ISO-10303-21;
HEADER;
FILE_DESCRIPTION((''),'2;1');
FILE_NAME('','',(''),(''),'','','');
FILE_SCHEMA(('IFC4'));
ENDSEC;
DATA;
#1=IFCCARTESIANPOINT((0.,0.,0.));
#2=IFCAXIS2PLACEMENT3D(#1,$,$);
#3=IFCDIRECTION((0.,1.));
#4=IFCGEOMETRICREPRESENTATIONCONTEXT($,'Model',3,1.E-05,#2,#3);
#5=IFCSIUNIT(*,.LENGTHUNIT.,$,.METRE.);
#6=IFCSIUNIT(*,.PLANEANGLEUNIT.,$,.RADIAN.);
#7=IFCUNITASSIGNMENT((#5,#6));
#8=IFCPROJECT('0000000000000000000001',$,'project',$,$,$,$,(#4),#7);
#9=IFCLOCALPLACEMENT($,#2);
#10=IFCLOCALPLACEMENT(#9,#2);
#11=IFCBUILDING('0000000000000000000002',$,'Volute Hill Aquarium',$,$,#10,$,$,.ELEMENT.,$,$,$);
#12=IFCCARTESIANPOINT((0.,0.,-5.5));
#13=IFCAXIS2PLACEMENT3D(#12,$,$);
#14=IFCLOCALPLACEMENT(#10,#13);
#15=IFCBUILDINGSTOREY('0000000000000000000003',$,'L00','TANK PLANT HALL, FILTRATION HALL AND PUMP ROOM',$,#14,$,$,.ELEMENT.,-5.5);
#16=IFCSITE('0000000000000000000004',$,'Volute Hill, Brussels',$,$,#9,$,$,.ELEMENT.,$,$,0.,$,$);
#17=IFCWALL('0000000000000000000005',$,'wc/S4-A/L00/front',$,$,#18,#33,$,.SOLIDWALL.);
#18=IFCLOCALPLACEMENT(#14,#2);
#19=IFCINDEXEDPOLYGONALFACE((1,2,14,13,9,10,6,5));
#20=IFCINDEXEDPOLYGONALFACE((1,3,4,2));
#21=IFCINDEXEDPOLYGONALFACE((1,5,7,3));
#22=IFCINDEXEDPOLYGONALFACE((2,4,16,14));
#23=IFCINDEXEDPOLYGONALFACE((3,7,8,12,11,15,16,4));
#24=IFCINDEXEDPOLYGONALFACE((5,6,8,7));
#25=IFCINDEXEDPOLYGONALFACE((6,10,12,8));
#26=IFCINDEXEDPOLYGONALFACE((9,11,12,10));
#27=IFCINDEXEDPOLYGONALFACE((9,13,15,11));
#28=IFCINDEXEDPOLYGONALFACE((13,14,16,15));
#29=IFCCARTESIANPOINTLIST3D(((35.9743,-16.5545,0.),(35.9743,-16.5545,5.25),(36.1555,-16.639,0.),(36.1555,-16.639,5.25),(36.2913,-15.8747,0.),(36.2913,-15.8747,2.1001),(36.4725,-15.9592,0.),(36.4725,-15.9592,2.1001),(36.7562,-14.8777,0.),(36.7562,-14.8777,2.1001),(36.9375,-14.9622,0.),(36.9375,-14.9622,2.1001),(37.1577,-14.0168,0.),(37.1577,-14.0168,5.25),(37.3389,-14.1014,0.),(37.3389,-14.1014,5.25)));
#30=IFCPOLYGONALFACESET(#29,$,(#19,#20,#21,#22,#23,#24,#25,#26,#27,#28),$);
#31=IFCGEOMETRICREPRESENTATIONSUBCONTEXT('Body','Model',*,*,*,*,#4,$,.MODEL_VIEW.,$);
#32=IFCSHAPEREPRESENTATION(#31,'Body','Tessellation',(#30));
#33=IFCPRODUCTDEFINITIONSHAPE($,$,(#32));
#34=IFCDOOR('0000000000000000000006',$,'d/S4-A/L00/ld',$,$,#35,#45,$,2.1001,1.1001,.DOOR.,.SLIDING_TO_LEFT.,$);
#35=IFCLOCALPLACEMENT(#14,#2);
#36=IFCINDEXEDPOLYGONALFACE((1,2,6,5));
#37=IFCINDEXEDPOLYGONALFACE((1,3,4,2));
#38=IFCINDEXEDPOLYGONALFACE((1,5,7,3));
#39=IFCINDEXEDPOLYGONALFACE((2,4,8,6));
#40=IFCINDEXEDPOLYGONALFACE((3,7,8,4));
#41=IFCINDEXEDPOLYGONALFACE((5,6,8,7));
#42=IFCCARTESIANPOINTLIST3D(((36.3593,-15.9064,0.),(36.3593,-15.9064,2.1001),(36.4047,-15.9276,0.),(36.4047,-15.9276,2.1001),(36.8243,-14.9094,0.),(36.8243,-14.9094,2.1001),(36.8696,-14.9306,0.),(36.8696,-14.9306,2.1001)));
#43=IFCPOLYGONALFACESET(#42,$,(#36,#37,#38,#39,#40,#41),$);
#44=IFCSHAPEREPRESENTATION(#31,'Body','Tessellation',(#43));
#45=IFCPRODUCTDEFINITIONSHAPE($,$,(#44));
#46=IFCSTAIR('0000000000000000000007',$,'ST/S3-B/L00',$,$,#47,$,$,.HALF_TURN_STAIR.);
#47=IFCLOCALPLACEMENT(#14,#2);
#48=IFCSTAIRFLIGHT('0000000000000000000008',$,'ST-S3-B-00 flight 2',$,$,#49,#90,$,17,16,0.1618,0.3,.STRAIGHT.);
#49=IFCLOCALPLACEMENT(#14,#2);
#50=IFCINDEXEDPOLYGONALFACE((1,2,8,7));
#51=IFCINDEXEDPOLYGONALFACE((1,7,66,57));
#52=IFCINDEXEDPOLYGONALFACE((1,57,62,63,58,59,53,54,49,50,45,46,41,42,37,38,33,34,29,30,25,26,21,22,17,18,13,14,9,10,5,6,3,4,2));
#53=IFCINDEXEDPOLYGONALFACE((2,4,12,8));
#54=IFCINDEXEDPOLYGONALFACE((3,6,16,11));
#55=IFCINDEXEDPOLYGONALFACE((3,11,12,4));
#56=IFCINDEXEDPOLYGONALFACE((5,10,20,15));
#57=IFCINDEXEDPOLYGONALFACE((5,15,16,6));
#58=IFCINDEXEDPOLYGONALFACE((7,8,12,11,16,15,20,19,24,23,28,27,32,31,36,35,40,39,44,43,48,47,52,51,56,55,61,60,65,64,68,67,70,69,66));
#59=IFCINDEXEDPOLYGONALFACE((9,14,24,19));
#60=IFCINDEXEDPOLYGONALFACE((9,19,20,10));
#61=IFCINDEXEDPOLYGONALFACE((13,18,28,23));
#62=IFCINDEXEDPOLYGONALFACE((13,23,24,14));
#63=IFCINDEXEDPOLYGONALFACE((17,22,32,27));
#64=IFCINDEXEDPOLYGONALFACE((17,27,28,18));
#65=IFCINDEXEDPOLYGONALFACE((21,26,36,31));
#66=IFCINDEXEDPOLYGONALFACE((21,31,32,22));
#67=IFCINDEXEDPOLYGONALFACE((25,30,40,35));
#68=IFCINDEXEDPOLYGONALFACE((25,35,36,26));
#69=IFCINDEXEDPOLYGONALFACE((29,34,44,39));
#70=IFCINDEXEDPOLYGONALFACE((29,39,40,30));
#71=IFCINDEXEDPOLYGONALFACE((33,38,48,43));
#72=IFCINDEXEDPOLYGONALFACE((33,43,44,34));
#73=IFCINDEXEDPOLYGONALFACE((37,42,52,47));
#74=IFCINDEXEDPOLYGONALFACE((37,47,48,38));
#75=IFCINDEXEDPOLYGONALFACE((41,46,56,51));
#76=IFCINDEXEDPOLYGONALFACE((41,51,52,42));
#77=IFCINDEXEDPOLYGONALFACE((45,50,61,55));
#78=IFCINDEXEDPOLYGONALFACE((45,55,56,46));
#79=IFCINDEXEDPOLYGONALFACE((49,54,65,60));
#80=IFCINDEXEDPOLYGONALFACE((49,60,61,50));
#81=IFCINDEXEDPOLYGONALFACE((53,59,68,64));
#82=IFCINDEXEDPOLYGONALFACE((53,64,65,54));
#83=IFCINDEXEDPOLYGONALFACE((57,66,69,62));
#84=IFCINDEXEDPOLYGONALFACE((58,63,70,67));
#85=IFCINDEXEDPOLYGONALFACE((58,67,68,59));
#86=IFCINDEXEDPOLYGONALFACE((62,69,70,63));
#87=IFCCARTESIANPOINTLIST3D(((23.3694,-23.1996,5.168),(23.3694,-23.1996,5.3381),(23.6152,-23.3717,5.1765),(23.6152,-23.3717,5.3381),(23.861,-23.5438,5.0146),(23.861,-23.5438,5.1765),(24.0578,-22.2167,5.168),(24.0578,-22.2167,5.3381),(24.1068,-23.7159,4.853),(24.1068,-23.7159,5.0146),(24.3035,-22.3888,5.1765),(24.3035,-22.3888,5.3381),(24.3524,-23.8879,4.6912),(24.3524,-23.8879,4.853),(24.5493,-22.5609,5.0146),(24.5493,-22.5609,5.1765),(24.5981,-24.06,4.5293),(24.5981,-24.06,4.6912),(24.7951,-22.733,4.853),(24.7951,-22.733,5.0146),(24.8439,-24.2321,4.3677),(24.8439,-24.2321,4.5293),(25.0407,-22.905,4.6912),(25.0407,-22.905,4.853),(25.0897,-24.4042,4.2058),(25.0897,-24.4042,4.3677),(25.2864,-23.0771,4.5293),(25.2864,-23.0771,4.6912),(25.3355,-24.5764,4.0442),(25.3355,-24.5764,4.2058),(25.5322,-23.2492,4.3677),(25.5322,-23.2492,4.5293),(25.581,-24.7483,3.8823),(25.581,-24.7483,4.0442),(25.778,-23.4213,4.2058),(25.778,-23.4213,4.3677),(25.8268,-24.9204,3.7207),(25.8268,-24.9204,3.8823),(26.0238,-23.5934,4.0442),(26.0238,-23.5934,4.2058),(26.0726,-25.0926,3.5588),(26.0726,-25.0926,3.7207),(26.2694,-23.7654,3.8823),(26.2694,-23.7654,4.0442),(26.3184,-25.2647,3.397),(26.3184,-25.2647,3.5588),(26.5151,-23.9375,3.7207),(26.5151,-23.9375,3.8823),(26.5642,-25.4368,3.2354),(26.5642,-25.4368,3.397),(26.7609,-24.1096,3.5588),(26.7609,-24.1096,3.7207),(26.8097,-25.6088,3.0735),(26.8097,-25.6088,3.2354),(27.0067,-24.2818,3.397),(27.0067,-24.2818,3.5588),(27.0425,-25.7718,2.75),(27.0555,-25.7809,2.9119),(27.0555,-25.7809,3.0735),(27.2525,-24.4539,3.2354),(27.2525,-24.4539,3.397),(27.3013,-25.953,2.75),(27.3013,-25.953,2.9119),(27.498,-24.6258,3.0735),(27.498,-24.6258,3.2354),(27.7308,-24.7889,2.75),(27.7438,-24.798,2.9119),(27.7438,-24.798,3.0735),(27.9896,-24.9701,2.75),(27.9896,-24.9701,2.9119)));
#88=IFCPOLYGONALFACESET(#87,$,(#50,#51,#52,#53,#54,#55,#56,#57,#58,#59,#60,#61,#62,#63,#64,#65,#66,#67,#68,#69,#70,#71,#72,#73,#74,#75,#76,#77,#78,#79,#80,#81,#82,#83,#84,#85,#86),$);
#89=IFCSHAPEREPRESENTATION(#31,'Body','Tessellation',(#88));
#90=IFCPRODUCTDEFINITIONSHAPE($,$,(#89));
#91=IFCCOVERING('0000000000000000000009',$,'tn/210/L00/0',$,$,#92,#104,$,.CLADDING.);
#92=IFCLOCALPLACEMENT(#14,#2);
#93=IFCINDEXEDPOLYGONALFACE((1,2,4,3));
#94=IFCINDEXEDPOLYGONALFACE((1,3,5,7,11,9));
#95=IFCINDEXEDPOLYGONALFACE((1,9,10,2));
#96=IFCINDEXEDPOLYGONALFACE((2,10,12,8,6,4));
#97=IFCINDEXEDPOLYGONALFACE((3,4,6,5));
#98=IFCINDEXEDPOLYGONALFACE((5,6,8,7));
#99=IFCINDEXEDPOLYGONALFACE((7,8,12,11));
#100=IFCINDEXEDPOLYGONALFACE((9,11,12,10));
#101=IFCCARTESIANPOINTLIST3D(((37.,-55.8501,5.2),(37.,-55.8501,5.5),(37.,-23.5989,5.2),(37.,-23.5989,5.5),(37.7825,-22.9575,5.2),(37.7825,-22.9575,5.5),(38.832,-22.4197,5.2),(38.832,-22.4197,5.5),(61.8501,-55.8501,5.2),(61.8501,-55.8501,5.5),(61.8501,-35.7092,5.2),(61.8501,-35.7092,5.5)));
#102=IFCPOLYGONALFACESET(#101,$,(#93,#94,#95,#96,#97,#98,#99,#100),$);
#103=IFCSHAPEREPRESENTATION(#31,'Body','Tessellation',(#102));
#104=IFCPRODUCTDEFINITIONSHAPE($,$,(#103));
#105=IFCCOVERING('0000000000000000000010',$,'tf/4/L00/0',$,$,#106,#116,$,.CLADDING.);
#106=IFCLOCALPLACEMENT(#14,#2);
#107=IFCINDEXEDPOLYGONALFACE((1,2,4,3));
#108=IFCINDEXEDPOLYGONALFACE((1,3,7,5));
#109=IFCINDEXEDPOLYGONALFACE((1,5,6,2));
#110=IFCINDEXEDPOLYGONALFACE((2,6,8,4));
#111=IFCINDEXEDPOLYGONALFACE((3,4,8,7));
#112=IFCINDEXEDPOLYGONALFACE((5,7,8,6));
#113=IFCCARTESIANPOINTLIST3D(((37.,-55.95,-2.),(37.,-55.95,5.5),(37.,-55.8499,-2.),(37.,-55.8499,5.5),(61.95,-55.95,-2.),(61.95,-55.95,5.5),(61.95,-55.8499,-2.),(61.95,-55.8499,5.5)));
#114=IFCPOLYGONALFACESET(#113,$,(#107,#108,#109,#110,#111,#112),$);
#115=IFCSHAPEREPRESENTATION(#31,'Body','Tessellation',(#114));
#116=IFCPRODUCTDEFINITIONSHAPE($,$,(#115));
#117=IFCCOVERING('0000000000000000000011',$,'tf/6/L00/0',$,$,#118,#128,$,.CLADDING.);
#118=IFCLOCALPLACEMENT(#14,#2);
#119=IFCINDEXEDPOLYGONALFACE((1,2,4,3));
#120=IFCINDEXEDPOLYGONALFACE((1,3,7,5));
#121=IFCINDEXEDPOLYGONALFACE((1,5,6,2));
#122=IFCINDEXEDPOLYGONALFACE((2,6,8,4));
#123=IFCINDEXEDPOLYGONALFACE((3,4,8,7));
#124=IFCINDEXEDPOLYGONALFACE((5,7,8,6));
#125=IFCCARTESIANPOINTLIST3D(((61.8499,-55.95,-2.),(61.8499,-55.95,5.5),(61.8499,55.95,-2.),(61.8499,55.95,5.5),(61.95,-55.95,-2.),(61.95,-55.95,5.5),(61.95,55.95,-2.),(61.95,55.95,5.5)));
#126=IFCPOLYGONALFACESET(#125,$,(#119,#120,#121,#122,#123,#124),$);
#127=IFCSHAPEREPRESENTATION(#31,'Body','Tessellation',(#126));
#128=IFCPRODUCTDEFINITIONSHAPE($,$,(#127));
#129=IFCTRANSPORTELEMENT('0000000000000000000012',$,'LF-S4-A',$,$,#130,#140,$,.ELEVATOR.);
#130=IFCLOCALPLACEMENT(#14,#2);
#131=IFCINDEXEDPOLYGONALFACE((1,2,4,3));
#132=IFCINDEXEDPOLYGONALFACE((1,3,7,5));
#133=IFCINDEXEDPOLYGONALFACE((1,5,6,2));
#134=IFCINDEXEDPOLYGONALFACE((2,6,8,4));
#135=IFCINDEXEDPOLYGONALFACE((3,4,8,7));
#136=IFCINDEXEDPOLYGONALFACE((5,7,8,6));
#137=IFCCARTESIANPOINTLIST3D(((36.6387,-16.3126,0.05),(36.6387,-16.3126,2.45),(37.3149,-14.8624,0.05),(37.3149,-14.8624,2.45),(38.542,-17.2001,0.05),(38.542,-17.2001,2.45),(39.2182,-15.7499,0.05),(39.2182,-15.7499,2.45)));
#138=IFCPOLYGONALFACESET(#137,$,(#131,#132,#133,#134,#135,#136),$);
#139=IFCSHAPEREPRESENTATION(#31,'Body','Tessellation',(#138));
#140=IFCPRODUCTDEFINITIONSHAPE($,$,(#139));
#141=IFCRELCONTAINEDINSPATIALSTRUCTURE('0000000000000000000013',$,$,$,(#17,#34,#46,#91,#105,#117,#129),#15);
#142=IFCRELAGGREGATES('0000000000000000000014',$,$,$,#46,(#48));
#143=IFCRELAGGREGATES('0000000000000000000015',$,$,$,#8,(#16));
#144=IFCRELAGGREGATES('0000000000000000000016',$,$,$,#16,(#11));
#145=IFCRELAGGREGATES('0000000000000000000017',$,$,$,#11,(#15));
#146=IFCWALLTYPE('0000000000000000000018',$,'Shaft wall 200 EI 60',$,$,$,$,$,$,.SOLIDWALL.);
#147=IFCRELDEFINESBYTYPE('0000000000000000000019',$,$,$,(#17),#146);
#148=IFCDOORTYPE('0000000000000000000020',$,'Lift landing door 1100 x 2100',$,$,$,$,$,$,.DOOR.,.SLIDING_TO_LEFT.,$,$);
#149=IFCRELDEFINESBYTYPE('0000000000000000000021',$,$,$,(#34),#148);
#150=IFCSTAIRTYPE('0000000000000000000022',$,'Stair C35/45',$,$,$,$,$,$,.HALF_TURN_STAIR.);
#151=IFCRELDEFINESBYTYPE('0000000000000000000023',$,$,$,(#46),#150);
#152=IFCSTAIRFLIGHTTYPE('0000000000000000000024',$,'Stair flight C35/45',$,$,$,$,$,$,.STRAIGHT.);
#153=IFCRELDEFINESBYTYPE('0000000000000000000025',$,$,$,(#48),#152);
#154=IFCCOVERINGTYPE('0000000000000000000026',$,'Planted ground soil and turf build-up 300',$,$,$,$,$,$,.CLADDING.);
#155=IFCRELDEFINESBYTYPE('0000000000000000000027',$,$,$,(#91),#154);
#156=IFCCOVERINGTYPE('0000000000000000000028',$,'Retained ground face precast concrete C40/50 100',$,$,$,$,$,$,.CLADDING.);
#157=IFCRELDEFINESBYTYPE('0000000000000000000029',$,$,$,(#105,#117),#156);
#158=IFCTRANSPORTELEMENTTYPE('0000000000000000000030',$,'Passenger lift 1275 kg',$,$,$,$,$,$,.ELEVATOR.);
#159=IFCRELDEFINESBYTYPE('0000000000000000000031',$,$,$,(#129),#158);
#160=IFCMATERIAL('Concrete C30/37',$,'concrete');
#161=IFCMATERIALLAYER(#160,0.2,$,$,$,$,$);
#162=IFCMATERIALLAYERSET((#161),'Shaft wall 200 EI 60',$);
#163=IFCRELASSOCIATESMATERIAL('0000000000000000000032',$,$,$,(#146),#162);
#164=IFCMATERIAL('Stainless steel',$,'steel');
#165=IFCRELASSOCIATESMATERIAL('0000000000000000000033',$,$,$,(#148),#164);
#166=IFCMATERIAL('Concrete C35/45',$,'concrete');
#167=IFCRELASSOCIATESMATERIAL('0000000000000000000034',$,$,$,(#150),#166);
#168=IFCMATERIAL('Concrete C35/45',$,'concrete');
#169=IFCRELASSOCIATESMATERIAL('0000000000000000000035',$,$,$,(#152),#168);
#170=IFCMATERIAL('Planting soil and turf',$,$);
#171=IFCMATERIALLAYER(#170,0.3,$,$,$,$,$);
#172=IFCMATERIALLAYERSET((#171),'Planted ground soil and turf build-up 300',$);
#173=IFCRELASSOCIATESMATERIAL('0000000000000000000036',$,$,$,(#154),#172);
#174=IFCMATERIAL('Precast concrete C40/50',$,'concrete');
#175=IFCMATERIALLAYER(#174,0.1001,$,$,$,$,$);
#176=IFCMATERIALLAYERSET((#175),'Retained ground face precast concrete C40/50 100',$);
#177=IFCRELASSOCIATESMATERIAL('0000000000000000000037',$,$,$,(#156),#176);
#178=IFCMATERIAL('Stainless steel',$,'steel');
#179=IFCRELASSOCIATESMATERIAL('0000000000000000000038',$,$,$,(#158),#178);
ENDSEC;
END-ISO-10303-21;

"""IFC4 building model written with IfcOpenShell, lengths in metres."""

from ifc_helpers import new_model, si_unit, direction, frame, frame_2d, origin, origin_2d, place, context, subcontext, project, spatial, polyline, rectangle, outline, extrude, material, layer, layer_set, type_object, element, fill, aggregate, save


model = new_model("IFC4")

# Units and contexts
model_context = context("Model", 3, precision=1e-05, world=origin(), true_north=direction((0.0, 1.0)))
body_context = subcontext(model_context, "Body", "Model", "MODEL_VIEW")
ifc_project = project(units=[si_unit("LENGTHUNIT", "METRE"), si_unit("PLANEANGLEUNIT", "RADIAN")], contexts=[model_context])

# Site, building, storey
site_placement = place(None, origin())
site = spatial("IfcSite", under=ifc_project, at=site_placement, Name="Volute Hill, Brussels", CompositionType="ELEMENT", RefElevation=0.0)
building_placement = place(site_placement, origin())
building = spatial("IfcBuilding", under=site, at=building_placement, Name="Volute Hill Aquarium", CompositionType="ELEMENT")
storey_placement = place(building_placement, frame((0.0, 0.0, -5.5)))
storey = spatial("IfcBuildingStorey", under=building, at=storey_placement, Name="L00", Description="TANK PLANT HALL, FILTRATION HALL AND PUMP ROOM", CompositionType="ELEMENT", Elevation=-5.5)

# Shared definitions
ifc_material_1 = material(Name="Concrete C30/37", Category="concrete")
ifc_layer_1 = layer(ifc_material_1, 0.2)
ifc_layer_set_1 = layer_set([ifc_layer_1], Name="Shaft wall 200 EI 60")
wall_type_1 = type_object("IfcWallType", Name="Shaft wall 200 EI 60", PredefinedType="SOLIDWALL", material=ifc_layer_set_1)

# Wall, opening, door
wall_1_placement = place(storey_placement, frame((36.0649, -16.5967, 0.0), z_axis=(0.0, 0.0, 1.0), x_axis=(0.422632, 0.906301, 0.0)))
wall_1 = element("IfcWall", 1, at=wall_1_placement, inside=storey, type_object=wall_type_1, Name="wc/S4-A/L00/front", PredefinedType="SOLIDWALL", context=body_context, shape_type="SweptSolid", body=[
    extrude(rectangle(XDim=2.8, YDim=0.2, at=frame_2d((1.3999, 0.0))), origin(), (0.0, 0.0, 1.0), 5.25),
])
opening_1_placement = place(wall_1_placement, frame((0.75, 0.0, 0.0)))
opening_1 = element("IfcOpeningElement", 2, at=opening_1_placement, cuts=wall_1, PredefinedType="OPENING", context=body_context, shape_type="SweptSolid", body=[
    extrude(rectangle(XDim=1.1001, YDim=2.1001, at=frame_2d((0.55, 1.05))), frame((0.0, 0.1099, 0.0), z_axis=(0.0, -1.0, 0.0), x_axis=(1.0, 0.0, 0.0)), (0.0, 0.0, 1.0), 0.22),
])
ifc_material_2 = material(Name="Stainless steel", Category="steel")
door_type_1 = type_object("IfcDoorType", Name="Lift landing door 1100 x 2100", OperationType="SLIDING_TO_LEFT", PredefinedType="DOOR", material=ifc_material_2)
door_1_placement = place(opening_1_placement, origin())
door_1 = element("IfcDoor", 3, at=door_1_placement, inside=storey, type_object=door_type_1, Name="d/S4-A/L00/ld", OperationType="SLIDING_TO_LEFT", OverallHeight=2.1001, OverallWidth=1.1001, PredefinedType="DOOR", context=body_context, shape_type="SweptSolid", body=[
    extrude(rectangle(XDim=1.1001, YDim=2.1001, at=frame_2d((0.55, 1.05))), frame((0.0, 0.0249, 0.0), z_axis=(0.0, -1.0, 0.0), x_axis=(1.0, 0.0, 0.0)), (0.0, 0.0, 1.0), 0.05),
])
fill(opening_1, door_1)

# Stair, stair flight
ifc_material_3 = material(Name="Concrete C35/45", Category="concrete")
stair_type = type_object("IfcStairType", Name="Stair C35/45", PredefinedType="HALF_TURN_STAIR", material=ifc_material_3)
stair_placement = place(storey_placement, origin())
stair = element("IfcStair", 4, at=stair_placement, inside=storey, type_object=stair_type, Name="ST/S3-B/L00", PredefinedType="HALF_TURN_STAIR")
ifc_material_4 = material(Name="Concrete C35/45", Category="concrete")
stair_flight_type = type_object("IfcStairFlightType", Name="Stair flight C35/45", PredefinedType="STRAIGHT", material=ifc_material_4)
stair_flight_placement = place(storey_placement, frame((27.6455, -25.4614, 2.75), z_axis=(0.0, 0.0, 1.0), x_axis=(-0.819124, 0.573617, 0.0)))
stair_flight = element("IfcStairFlight", 5, at=stair_flight_placement, type_object=stair_flight_type, Name="ST-S3-B-00 flight 2", NumberOfRisers=17, NumberOfTreads=16, PredefinedType="STRAIGHT", RiserHeight=0.1618, TreadLength=0.3, context=body_context, shape_type="SweptSolid", body=[
    extrude(outline(polyline([(0.0, 0.0), (0.0, 0.1619), (0.3, 0.1619), (0.3, 0.3235), (0.6001, 0.3235), (0.6001, 0.4854), (0.8999, 0.4854), (0.8999, 0.647), (1.2, 0.647), (1.2, 0.8088), (1.5, 0.8088), (1.5, 0.9707), (1.8, 0.9707), (1.8, 1.1323), (2.1001, 1.1323), (2.1001, 1.2942), (2.3999, 1.2942), (2.3999, 1.4558), (2.7, 1.4558), (2.7, 1.6177), (3.0, 1.6177), (3.0, 1.7793), (3.3, 1.7793), (3.3, 1.9412), (3.6001, 1.9412), (3.6001, 2.103), (3.8999, 2.103), (3.8999, 2.2646), (4.2, 2.2646), (4.2, 2.4265), (4.5, 2.4265), (4.5, 2.5881), (4.8, 2.5881), (4.8, 2.75), (4.8, 2.418), (0.3159, 0.0), (0.0, 0.0)])), frame((0.0, 0.6001, 0.0), z_axis=(0.0, -1.0, 0.0), x_axis=(1.0, 0.0, 0.0)), (0.0, 0.0, 1.0), 1.2),
])
aggregate(stair, [stair_flight])

# Coverings
ifc_material_5 = material(Name="Planting soil and turf")
ifc_layer_2 = layer(ifc_material_5, 0.3)
ifc_layer_set_2 = layer_set([ifc_layer_2], Name="Planted ground soil and turf build-up 300")
covering_type_1 = type_object("IfcCoveringType", Name="Planted ground soil and turf build-up 300", PredefinedType="CLADDING", material=ifc_layer_set_2)
covering_1_placement = place(storey_placement, frame((37.0, -55.8501, 5.5), z_axis=(0.0, 0.0, 1.0), x_axis=(1.0, 0.0, 0.0)))
element("IfcCovering", 6, at=covering_1_placement, inside=storey, type_object=covering_type_1, Name="tn/210/L00/0", PredefinedType="CLADDING", context=body_context, shape_type="SweptSolid", body=[
    extrude(outline(polyline([(0.0, 0.0), (24.8501, 0.0), (24.8501, 20.1409), (1.832, 33.4304), (0.7825, 32.8926), (0.0, 32.2512), (0.0, 0.0)])), origin(), (0.0, 0.0, -1.0), 0.3),
])
ifc_material_6 = material(Name="Precast concrete C40/50", Category="concrete")
ifc_layer_3 = layer(ifc_material_6, 0.1001)
ifc_layer_set_3 = layer_set([ifc_layer_3], Name="Retained ground face precast concrete C40/50 100")
covering_type_2 = type_object("IfcCoveringType", Name="Retained ground face precast concrete C40/50 100", PredefinedType="CLADDING", material=ifc_layer_set_3)
covering_2_placement = place(storey_placement, frame((37.0, -55.95, -2.0), z_axis=(0.0, -1.0, 0.0), x_axis=(1.0, 0.0, 0.0)))
element("IfcCovering", 7, at=covering_2_placement, inside=storey, type_object=covering_type_2, Name="tf/4/L00/0", PredefinedType="CLADDING", context=body_context, shape_type="SweptSolid", body=[
    extrude(outline(polyline([(0.0, 0.0), (24.95, 0.0), (24.95, 7.5), (0.0, 7.5), (0.0, 0.0)])), origin(), (0.0, 0.0, -1.0), 0.1001),
])
covering_3_placement = place(storey_placement, frame((61.95, -55.95, -2.0), z_axis=(1.0, 0.0, 0.0), x_axis=(0.0, 1.0, 0.0)))
element("IfcCovering", 8, at=covering_3_placement, inside=storey, type_object=covering_type_2, Name="tf/6/L00/0", PredefinedType="CLADDING", context=body_context, shape_type="SweptSolid", body=[
    extrude(outline(polyline([(0.0, 0.0), (111.8999, 0.0), (111.8999, 7.5), (0.0, 7.5), (0.0, 0.0)])), origin(), (0.0, 0.0, -1.0), 0.1001),
])

# Transport element
ifc_material_7 = material(Name="Stainless steel", Category="steel")
transport_element_type = type_object("IfcTransportElementType", Name="Passenger lift 1275 kg", PredefinedType="ELEVATOR", material=ifc_material_7)
transport_element_placement = place(storey_placement, frame((37.9285, -16.0312, 0.05), z_axis=(0.0, 0.0, 1.0), x_axis=(0.906313, -0.422606, 0.0)))
element("IfcTransportElement", 9, at=transport_element_placement, inside=storey, type_object=transport_element_type, Name="LF-S4-A", PredefinedType="ELEVATOR", context=body_context, shape_type="SweptSolid", body=[
    extrude(rectangle(XDim=2.1001, YDim=1.6001, at=origin_2d()), origin(), (0.0, 0.0, 1.0), 2.3999),
])

save(model, "model.ifc")
